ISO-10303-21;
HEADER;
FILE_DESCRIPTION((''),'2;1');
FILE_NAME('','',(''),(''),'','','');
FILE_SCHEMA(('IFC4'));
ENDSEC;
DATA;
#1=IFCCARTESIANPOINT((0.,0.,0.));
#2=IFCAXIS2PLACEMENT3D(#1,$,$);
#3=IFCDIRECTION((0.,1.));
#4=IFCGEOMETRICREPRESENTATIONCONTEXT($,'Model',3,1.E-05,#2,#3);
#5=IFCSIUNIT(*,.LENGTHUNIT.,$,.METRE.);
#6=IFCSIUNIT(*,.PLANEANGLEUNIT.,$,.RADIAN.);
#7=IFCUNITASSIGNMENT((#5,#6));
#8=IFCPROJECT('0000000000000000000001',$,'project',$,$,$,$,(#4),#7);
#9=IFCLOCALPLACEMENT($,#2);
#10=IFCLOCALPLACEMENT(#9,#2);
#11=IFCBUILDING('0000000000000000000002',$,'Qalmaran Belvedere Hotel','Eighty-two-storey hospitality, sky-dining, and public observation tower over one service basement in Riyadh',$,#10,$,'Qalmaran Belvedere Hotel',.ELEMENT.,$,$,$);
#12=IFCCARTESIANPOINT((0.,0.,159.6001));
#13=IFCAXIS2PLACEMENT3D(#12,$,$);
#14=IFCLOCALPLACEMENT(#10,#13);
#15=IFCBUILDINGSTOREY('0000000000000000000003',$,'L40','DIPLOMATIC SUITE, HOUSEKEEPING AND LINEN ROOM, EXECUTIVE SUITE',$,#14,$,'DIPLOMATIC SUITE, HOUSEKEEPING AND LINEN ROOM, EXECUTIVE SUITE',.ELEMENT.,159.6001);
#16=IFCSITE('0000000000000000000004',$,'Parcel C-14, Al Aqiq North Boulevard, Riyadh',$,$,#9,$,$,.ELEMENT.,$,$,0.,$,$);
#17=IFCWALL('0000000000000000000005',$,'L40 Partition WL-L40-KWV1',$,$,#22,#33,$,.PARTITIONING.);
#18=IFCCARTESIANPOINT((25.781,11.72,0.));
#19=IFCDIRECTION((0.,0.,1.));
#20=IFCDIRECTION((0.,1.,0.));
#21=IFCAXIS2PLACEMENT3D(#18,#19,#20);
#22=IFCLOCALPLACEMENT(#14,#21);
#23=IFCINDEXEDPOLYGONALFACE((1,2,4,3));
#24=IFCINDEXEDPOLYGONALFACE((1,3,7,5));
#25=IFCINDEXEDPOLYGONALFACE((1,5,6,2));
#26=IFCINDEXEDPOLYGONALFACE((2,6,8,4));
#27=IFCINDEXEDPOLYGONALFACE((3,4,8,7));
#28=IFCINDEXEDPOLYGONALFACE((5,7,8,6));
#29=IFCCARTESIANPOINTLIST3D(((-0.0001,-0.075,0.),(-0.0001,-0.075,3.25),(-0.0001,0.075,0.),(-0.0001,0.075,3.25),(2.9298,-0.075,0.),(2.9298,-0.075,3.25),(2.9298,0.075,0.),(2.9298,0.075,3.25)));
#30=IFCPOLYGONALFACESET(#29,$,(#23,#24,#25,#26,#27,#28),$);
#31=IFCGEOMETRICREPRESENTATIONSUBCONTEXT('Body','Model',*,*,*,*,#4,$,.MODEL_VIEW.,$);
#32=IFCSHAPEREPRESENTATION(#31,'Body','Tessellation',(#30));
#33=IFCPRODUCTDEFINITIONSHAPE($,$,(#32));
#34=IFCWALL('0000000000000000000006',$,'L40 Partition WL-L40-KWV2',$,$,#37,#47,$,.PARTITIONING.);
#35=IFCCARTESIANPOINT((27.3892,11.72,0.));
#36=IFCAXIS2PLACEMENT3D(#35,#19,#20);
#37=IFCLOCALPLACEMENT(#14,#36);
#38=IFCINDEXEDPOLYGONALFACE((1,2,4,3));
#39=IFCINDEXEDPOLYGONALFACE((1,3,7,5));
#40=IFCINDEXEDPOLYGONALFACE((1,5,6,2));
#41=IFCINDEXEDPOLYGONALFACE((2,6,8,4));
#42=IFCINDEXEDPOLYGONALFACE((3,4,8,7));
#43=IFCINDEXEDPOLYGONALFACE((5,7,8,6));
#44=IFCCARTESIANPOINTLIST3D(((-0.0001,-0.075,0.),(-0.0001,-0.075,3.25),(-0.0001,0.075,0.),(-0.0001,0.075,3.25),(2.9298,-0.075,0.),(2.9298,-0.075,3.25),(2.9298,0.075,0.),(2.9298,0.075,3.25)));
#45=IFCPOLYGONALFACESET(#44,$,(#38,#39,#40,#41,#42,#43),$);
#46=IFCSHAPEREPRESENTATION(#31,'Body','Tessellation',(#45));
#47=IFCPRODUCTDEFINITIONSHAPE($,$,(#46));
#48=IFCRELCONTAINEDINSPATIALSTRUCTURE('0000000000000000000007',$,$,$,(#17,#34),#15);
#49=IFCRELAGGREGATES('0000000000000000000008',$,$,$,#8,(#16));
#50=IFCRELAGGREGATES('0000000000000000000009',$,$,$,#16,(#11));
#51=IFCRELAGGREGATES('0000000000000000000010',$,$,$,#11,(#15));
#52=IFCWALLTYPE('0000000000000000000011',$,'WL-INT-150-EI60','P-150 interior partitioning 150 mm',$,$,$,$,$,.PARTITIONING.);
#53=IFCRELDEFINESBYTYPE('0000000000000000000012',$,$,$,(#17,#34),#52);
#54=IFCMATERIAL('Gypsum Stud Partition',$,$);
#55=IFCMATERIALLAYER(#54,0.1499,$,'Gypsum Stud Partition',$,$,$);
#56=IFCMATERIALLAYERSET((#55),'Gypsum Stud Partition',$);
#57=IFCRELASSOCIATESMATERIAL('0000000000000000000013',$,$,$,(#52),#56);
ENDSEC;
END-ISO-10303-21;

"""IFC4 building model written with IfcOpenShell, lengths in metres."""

from ifc_helpers import new_model, si_unit, direction, frame, frame_2d, origin, place, context, subcontext, project, spatial, rectangle, extrude, material, layer, layer_set, type_object, element, save


model = new_model("IFC4")

# Units and contexts
model_context = context("Model", 3, precision=1e-05, world=origin(), true_north=direction((0.0, 1.0)))
body_context = subcontext(model_context, "Body", "Model", "MODEL_VIEW")
ifc_project = project(units=[si_unit("LENGTHUNIT", "METRE"), si_unit("PLANEANGLEUNIT", "RADIAN")], contexts=[model_context])

# Site, building, storey
site_placement = place(None, origin())
site = spatial("IfcSite", under=ifc_project, at=site_placement, Name="Parcel C-14, Al Aqiq North Boulevard, Riyadh", CompositionType="ELEMENT", RefElevation=0.0)
building_placement = place(site_placement, origin())
building = spatial("IfcBuilding", under=site, at=building_placement, Name="Qalmaran Belvedere Hotel", Description="Eighty-two-storey hospitality, sky-dining, and public observation tower over one service basement in Riyadh", LongName="Qalmaran Belvedere Hotel", CompositionType="ELEMENT")
storey_placement = place(building_placement, frame((0.0, 0.0, 159.6001)))
storey = spatial("IfcBuildingStorey", under=building, at=storey_placement, Name="L40", Description="DIPLOMATIC SUITE, HOUSEKEEPING AND LINEN ROOM, EXECUTIVE SUITE", LongName="DIPLOMATIC SUITE, HOUSEKEEPING AND LINEN ROOM, EXECUTIVE SUITE", CompositionType="ELEMENT", Elevation=159.6001)

# Walls
ifc_material_1 = material(Name="Gypsum Stud Partition")
ifc_layer_1 = layer(ifc_material_1, 0.1499, Name="Gypsum Stud Partition")
ifc_layer_set_1 = layer_set([ifc_layer_1], Name="Gypsum Stud Partition")
wall_type_1 = type_object("IfcWallType", Name="WL-INT-150-EI60", Description="P-150 interior partitioning 150 mm", PredefinedType="PARTITIONING", material=ifc_layer_set_1)
for number, where, z_axis, x_axis, name in (
    (1, (25.781, 11.72, 0.0), (0.0, 0.0, 1.0), (0.0, 1.0, 0.0), "L40 Partition WL-L40-KWV1"),
    (2, (27.3892, 11.72, 0.0), (0.0, 0.0, 1.0), (0.0, 1.0, 0.0), "L40 Partition WL-L40-KWV2"),
):
    element("IfcWall", number, at=place(storey_placement, frame(where, z_axis=z_axis, x_axis=x_axis)), inside=storey, type_object=wall_type_1, Name=name, PredefinedType="PARTITIONING", context=body_context, shape_type="SweptSolid", body=[
        extrude(rectangle(XDim=2.9299, YDim=0.1499, at=frame_2d((1.4648, 0.0))), origin(), (0.0, 0.0, 1.0), 3.25),
    ])

save(model, "model.ifc")
